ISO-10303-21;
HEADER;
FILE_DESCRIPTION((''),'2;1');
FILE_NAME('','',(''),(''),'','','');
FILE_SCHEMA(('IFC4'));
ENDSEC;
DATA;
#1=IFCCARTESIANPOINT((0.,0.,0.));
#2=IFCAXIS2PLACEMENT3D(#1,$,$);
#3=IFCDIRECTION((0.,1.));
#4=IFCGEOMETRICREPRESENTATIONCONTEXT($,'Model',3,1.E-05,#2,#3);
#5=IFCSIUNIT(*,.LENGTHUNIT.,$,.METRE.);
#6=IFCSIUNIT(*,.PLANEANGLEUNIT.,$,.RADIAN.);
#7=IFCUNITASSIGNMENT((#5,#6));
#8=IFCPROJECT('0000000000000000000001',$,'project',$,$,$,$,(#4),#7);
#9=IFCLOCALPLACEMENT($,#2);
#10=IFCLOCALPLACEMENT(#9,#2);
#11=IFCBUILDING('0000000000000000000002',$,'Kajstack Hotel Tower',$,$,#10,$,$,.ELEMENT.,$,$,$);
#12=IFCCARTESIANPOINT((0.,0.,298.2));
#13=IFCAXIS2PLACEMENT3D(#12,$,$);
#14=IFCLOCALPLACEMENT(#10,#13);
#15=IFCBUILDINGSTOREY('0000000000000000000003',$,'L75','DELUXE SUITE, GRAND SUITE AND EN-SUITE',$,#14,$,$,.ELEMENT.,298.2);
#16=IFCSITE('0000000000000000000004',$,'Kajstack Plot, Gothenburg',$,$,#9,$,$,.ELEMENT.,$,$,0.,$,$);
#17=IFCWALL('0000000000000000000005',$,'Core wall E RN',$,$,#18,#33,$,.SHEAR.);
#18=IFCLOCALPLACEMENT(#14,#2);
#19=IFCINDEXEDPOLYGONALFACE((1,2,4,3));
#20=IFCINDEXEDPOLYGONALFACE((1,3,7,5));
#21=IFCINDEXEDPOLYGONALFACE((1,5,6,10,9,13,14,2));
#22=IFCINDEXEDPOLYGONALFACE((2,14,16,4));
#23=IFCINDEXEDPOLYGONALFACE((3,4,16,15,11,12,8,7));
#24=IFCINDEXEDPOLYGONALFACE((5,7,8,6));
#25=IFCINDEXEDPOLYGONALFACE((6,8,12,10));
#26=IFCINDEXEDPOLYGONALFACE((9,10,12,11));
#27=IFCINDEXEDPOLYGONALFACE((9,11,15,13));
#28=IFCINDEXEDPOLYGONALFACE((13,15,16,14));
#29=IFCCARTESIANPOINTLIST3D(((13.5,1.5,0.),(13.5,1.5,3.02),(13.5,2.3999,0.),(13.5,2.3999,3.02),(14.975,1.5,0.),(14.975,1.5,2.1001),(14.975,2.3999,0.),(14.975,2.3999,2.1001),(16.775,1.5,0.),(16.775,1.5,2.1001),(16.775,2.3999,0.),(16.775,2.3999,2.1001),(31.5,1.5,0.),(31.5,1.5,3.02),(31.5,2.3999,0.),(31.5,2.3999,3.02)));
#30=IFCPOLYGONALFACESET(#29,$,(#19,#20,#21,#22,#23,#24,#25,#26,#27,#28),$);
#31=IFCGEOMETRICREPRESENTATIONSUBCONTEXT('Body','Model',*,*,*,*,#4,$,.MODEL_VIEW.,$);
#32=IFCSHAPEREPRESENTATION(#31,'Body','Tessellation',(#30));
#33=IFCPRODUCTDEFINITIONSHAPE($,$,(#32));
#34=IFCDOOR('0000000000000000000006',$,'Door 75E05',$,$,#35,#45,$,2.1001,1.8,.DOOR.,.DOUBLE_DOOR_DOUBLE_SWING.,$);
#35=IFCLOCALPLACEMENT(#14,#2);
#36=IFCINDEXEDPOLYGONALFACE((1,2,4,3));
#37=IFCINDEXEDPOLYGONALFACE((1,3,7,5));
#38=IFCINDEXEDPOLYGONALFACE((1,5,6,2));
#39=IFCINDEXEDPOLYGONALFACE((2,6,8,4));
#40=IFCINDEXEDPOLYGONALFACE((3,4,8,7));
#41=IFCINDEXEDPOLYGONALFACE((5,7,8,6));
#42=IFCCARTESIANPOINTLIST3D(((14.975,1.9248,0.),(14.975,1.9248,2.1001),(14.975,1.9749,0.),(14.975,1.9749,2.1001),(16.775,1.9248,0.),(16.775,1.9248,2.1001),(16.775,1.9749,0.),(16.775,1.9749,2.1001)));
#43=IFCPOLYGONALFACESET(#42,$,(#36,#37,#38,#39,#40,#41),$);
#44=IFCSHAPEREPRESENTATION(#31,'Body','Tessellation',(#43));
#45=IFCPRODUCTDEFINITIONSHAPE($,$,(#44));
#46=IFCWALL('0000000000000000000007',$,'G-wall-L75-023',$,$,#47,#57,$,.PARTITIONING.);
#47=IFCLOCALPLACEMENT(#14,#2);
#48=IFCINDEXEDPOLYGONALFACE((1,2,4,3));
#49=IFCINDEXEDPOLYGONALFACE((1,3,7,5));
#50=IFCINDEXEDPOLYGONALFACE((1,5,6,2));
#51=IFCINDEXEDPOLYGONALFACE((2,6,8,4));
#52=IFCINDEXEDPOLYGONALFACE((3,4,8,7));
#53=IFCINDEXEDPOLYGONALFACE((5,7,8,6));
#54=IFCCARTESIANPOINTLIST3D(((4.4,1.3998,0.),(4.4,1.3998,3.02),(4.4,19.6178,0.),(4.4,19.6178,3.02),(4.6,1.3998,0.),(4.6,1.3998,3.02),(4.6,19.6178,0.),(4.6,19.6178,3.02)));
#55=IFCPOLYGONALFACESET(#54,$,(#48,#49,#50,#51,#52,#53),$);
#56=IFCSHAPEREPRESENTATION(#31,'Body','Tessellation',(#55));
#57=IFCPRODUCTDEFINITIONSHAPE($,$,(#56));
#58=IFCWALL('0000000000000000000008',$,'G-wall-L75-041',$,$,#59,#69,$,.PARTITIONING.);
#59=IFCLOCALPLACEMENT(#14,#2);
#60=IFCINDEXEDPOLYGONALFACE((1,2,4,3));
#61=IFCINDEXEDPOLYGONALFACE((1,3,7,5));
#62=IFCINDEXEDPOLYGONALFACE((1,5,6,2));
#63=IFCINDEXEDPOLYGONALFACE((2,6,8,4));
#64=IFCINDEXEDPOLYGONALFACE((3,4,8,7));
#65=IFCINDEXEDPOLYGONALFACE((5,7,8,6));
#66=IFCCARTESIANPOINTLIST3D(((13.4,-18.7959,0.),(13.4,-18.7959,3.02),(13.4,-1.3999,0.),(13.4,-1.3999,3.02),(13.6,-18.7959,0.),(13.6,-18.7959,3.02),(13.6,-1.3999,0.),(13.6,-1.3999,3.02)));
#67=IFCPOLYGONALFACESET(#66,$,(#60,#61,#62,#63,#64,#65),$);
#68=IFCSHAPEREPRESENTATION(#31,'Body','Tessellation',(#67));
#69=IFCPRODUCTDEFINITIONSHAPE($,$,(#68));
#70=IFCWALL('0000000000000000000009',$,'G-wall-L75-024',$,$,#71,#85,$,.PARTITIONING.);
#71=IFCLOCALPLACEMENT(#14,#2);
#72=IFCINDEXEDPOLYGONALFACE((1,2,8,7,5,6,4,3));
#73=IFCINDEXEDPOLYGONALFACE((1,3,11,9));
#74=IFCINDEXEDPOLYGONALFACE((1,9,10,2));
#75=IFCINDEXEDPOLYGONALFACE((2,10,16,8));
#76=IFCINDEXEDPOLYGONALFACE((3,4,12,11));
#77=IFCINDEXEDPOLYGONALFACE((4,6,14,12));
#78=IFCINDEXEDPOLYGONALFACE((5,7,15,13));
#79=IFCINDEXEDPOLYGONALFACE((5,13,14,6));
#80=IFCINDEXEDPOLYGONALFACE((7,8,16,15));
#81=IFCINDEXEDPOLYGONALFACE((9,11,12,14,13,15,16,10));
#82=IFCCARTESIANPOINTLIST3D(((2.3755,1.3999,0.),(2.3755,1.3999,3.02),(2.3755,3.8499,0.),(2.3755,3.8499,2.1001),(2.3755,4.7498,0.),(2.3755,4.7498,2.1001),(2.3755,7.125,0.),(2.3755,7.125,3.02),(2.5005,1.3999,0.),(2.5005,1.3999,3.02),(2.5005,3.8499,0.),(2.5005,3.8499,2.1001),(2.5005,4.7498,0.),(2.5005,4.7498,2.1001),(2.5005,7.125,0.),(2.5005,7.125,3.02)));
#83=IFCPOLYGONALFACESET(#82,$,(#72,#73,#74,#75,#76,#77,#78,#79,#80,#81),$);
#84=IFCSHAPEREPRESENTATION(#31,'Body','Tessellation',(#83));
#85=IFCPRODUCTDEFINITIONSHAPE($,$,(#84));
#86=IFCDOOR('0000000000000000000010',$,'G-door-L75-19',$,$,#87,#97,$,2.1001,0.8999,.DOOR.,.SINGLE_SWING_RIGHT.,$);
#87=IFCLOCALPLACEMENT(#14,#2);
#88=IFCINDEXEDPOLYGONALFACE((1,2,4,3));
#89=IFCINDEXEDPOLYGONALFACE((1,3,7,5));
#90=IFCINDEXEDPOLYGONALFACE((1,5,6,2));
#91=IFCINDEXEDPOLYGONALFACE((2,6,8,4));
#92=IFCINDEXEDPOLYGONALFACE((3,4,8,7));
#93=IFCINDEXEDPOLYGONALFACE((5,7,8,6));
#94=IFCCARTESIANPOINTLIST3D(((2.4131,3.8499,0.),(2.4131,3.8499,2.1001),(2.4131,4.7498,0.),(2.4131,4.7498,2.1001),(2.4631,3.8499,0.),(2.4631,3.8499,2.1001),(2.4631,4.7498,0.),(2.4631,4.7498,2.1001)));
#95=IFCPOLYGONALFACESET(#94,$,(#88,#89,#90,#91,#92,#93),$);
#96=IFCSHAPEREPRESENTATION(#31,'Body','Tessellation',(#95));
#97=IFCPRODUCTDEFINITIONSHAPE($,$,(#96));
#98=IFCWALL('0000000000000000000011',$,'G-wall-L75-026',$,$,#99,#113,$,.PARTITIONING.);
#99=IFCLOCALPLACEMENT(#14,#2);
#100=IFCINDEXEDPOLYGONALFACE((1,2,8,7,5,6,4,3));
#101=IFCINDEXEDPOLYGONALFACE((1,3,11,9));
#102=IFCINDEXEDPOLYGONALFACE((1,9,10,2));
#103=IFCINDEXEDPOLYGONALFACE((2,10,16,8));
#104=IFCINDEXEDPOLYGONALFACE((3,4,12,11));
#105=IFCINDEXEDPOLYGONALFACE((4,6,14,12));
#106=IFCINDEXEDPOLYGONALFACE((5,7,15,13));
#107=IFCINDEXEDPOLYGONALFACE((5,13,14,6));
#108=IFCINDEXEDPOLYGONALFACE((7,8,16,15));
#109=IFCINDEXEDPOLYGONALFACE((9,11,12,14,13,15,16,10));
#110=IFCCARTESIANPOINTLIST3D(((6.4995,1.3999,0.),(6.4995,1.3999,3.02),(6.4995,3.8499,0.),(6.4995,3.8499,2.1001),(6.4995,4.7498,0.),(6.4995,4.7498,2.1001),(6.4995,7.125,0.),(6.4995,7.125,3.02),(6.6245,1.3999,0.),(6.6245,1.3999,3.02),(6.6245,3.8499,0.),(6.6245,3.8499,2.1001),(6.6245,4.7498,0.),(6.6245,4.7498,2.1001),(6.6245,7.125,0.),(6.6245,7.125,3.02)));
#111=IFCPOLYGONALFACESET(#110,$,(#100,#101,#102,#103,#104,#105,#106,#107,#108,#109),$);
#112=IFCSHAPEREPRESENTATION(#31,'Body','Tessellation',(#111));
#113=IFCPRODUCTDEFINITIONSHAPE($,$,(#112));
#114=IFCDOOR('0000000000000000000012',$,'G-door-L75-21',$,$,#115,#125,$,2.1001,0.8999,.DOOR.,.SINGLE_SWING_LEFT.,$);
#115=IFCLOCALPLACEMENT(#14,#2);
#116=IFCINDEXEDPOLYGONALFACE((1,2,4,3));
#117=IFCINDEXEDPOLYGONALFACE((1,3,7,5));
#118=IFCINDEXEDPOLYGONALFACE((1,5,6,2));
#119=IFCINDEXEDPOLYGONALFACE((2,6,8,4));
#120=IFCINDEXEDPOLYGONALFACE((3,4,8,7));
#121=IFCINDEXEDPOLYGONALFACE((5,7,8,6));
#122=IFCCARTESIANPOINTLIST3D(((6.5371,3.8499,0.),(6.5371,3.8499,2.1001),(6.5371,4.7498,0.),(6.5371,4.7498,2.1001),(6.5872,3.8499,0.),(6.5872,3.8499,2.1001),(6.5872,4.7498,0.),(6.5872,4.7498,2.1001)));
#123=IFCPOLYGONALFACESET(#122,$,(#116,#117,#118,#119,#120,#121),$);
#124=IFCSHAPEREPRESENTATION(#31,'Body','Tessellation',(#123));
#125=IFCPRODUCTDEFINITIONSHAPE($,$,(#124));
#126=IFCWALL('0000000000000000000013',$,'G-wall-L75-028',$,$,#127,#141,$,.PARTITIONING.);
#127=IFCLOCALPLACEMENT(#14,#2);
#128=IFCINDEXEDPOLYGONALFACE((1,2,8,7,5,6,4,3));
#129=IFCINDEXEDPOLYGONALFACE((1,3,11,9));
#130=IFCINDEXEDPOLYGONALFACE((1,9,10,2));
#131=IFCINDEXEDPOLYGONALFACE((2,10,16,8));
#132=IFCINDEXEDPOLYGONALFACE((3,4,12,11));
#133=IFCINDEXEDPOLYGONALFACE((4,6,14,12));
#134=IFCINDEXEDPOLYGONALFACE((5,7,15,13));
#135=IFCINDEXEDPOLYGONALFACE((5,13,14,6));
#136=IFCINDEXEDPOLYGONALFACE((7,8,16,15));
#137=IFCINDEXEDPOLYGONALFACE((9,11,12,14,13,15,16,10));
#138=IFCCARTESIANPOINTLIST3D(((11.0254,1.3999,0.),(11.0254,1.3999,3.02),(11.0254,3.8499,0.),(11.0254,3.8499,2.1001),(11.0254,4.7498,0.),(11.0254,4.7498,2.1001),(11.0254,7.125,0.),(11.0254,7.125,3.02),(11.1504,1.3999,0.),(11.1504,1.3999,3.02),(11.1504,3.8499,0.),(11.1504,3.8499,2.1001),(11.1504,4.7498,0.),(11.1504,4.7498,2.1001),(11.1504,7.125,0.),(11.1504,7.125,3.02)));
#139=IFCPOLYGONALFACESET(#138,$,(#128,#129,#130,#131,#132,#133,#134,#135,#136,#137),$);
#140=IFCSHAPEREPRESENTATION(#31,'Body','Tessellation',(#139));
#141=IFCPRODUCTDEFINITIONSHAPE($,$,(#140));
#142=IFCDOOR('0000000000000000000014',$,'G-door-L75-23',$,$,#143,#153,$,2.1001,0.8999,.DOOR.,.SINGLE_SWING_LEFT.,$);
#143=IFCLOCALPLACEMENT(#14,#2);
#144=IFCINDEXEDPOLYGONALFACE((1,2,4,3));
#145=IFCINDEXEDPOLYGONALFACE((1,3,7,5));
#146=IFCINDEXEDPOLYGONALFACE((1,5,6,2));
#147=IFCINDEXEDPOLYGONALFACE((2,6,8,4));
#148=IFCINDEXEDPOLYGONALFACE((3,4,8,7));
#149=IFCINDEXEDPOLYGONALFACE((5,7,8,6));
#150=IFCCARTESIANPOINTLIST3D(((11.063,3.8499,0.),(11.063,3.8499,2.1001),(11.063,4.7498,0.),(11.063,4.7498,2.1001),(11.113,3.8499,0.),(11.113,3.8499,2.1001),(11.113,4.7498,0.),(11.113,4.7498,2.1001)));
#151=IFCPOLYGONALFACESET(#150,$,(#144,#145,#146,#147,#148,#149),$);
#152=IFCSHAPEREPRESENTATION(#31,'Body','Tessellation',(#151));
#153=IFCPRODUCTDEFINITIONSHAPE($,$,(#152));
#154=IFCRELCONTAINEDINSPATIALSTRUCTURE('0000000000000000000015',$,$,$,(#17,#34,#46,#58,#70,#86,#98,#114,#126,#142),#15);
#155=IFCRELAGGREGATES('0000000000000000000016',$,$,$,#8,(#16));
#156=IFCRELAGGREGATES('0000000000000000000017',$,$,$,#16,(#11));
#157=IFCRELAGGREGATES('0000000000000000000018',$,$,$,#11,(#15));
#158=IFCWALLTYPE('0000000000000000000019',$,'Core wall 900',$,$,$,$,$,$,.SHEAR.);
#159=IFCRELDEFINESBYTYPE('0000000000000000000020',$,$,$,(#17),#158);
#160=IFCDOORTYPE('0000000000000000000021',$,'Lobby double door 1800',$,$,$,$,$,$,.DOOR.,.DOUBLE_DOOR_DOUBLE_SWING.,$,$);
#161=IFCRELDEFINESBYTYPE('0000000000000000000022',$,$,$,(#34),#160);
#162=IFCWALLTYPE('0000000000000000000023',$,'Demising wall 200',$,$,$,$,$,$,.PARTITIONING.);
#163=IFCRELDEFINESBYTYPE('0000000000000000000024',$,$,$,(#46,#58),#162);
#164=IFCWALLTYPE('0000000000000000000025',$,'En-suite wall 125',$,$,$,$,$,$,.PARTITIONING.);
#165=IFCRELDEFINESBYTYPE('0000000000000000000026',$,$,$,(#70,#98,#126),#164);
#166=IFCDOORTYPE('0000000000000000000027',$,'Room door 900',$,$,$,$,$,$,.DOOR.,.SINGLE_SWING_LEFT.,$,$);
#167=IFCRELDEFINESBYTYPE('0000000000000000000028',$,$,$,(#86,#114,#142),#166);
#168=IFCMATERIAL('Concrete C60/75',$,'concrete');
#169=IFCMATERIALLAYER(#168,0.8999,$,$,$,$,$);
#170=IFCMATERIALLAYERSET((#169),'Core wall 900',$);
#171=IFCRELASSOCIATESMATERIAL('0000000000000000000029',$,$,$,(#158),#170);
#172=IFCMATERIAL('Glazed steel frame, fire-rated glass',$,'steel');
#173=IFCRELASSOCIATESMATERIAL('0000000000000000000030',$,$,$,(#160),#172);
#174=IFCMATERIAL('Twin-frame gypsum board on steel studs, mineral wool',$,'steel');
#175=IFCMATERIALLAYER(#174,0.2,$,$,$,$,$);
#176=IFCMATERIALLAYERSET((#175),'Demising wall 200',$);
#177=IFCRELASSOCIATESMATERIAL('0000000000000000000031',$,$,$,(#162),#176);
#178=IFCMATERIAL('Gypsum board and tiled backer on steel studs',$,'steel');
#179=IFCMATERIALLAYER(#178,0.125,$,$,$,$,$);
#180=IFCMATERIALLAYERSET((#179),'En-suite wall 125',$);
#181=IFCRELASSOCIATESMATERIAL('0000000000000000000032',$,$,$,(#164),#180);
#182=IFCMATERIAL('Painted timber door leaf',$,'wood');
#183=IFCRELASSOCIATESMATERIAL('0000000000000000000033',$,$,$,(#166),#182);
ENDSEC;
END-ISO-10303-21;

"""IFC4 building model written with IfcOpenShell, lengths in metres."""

from ifc_helpers import new_model, si_unit, direction, frame, frame_2d, origin, place, context, subcontext, project, spatial, rectangle, extrude, material, layer, layer_set, type_object, element, fill, save


model = new_model("IFC4")

# Units and contexts
model_context = context("Model", 3, precision=1e-05, world=origin(), true_north=direction((0.0, 1.0)))
body_context = subcontext(model_context, "Body", "Model", "MODEL_VIEW")
ifc_project = project(units=[si_unit("LENGTHUNIT", "METRE"), si_unit("PLANEANGLEUNIT", "RADIAN")], contexts=[model_context])

# Site, building, storey
site_placement = place(None, origin())
site = spatial("IfcSite", under=ifc_project, at=site_placement, Name="Kajstack Plot, Gothenburg", CompositionType="ELEMENT", RefElevation=0.0)
building_placement = place(site_placement, origin())
building = spatial("IfcBuilding", under=site, at=building_placement, Name="Kajstack Hotel Tower", CompositionType="ELEMENT")
storey_placement = place(building_placement, frame((0.0, 0.0, 298.2)))
storey = spatial("IfcBuildingStorey", under=building, at=storey_placement, Name="L75", Description="DELUXE SUITE, GRAND SUITE AND EN-SUITE", CompositionType="ELEMENT", Elevation=298.2)

# Wall, opening, door
ifc_material_1 = material(Name="Concrete C60/75", Category="concrete")
ifc_layer_1 = layer(ifc_material_1, 0.8999)
ifc_layer_set_1 = layer_set([ifc_layer_1], Name="Core wall 900")
wall_type_1 = type_object("IfcWallType", Name="Core wall 900", PredefinedType="SHEAR", material=ifc_layer_set_1)
wall_1_placement = place(storey_placement, frame((13.5, 1.95, 0.0), z_axis=(0.0, 0.0, 1.0), x_axis=(1.0, 0.0, 0.0)))
wall_1 = element("IfcWall", 1, at=wall_1_placement, inside=storey, type_object=wall_type_1, Name="Core wall E RN", PredefinedType="SHEAR", context=body_context, shape_type="SweptSolid", body=[
    extrude(rectangle(XDim=18.0, YDim=0.8999, at=frame_2d((9.0, 0.0))), origin(), (0.0, 0.0, 1.0), 3.02),
])
opening_1_placement = place(wall_1_placement, frame((1.4751, 0.0, 0.0)))
opening_1 = element("IfcOpeningElement", 2, at=opening_1_placement, cuts=wall_1, PredefinedType="OPENING", context=body_context, shape_type="SweptSolid", body=[
    extrude(rectangle(XDim=1.8, YDim=2.1001, at=frame_2d((0.8999, 1.05))), frame((0.0, 0.46, 0.0), z_axis=(0.0, -1.0, 0.0), x_axis=(1.0, 0.0, 0.0)), (0.0, 0.0, 1.0), 0.9199),
])
ifc_material_2 = material(Name="Glazed steel frame, fire-rated glass", Category="steel")
door_type_1 = type_object("IfcDoorType", Name="Lobby double door 1800", OperationType="DOUBLE_DOOR_DOUBLE_SWING", PredefinedType="DOOR", material=ifc_material_2)
door_1_placement = place(opening_1_placement, origin())
door_1 = element("IfcDoor", 3, at=door_1_placement, inside=storey, type_object=door_type_1, Name="Door 75E05", OperationType="DOUBLE_DOOR_DOUBLE_SWING", OverallHeight=2.1001, OverallWidth=1.8, PredefinedType="DOOR", context=body_context, shape_type="SweptSolid", body=[
    extrude(rectangle(XDim=1.8, YDim=2.1001, at=frame_2d((0.8999, 1.05))), frame((0.0, 0.0249, 0.0), z_axis=(0.0, -1.0, 0.0), x_axis=(1.0, 0.0, 0.0)), (0.0, 0.0, 1.0), 0.05),
])
fill(opening_1, door_1)

# Walls
ifc_material_3 = material(Name="Twin-frame gypsum board on steel studs, mineral wool", Category="steel")
ifc_layer_2 = layer(ifc_material_3, 0.2)
ifc_layer_set_2 = layer_set([ifc_layer_2], Name="Demising wall 200")
wall_type_2 = type_object("IfcWallType", Name="Demising wall 200", PredefinedType="PARTITIONING", material=ifc_layer_set_2)
wall_2_placement = place(storey_placement, frame((4.5, 1.3999, 0.0), z_axis=(0.0, 0.0, 1.0), x_axis=(0.0, 1.0, 0.0)))
element("IfcWall", 4, at=wall_2_placement, inside=storey, type_object=wall_type_2, Name="G-wall-L75-023", PredefinedType="PARTITIONING", context=body_context, shape_type="SweptSolid", body=[
    extrude(rectangle(XDim=18.218, YDim=0.2, at=frame_2d((9.1089, 0.0))), origin(), (0.0, 0.0, 1.0), 3.02),
])
wall_3_placement = place(storey_placement, frame((13.5, -18.7959, 0.0), z_axis=(0.0, 0.0, 1.0), x_axis=(0.0, 1.0, 0.0)))
element("IfcWall", 5, at=wall_3_placement, inside=storey, type_object=wall_type_2, Name="G-wall-L75-041", PredefinedType="PARTITIONING", context=body_context, shape_type="SweptSolid", body=[
    extrude(rectangle(XDim=17.396, YDim=0.2, at=frame_2d((8.698, 0.0))), origin(), (0.0, 0.0, 1.0), 3.02),
])

# Walls, openings, doors
ifc_material_4 = material(Name="Gypsum board and tiled backer on steel studs", Category="steel")
ifc_layer_3 = layer(ifc_material_4, 0.125)
ifc_layer_set_3 = layer_set([ifc_layer_3], Name="En-suite wall 125")
wall_type_3 = type_object("IfcWallType", Name="En-suite wall 125", PredefinedType="PARTITIONING", material=ifc_layer_set_3)
wall_4_placement = place(storey_placement, frame((2.438, 1.3999, 0.0), z_axis=(0.0, 0.0, 1.0), x_axis=(0.0, 1.0, 0.0)))
wall_4 = element("IfcWall", 6, at=wall_4_placement, inside=storey, type_object=wall_type_3, Name="G-wall-L75-024", PredefinedType="PARTITIONING", context=body_context, shape_type="SweptSolid", body=[
    extrude(rectangle(XDim=5.7251, YDim=0.125, at=frame_2d((2.8625, 0.0))), origin(), (0.0, 0.0, 1.0), 3.02),
])
opening_2_placement = place(wall_4_placement, frame((2.45, 0.0, 0.0)))
opening_2 = element("IfcOpeningElement", 7, at=opening_2_placement, cuts=wall_4, PredefinedType="OPENING", context=body_context, shape_type="SweptSolid", body=[
    extrude(rectangle(XDim=0.8999, YDim=2.1001, at=frame_2d((0.45, 1.05))), frame((0.0, 0.0725, 0.0), z_axis=(0.0, -1.0, 0.0), x_axis=(1.0, 0.0, 0.0)), (0.0, 0.0, 1.0), 0.145),
])
ifc_material_5 = material(Name="Painted timber door leaf", Category="wood")
door_type_2 = type_object("IfcDoorType", Name="Room door 900", OperationType="SINGLE_SWING_LEFT", PredefinedType="DOOR", material=ifc_material_5)
door_2_placement = place(opening_2_placement, origin())
door_2 = element("IfcDoor", 8, at=door_2_placement, inside=storey, type_object=door_type_2, Name="G-door-L75-19", OperationType="SINGLE_SWING_RIGHT", OverallHeight=2.1001, OverallWidth=0.8999, PredefinedType="DOOR", context=body_context, shape_type="SweptSolid", body=[
    extrude(rectangle(XDim=0.8999, YDim=2.1001, at=frame_2d((0.45, 1.05))), frame((0.0, 0.0249, 0.0), z_axis=(0.0, -1.0, 0.0), x_axis=(1.0, 0.0, 0.0)), (0.0, 0.0, 1.0), 0.05),
])
fill(opening_2, door_2)
wall_5_placement = place(storey_placement, frame((6.562, 1.3999, 0.0), z_axis=(0.0, 0.0, 1.0), x_axis=(0.0, 1.0, 0.0)))
wall_5 = element("IfcWall", 9, at=wall_5_placement, inside=storey, type_object=wall_type_3, Name="G-wall-L75-026", PredefinedType="PARTITIONING", context=body_context, shape_type="SweptSolid", body=[
    extrude(rectangle(XDim=5.7251, YDim=0.125, at=frame_2d((2.8625, 0.0))), origin(), (0.0, 0.0, 1.0), 3.02),
])
opening_3_placement = place(wall_5_placement, frame((2.45, 0.0, 0.0)))
opening_3 = element("IfcOpeningElement", 10, at=opening_3_placement, cuts=wall_5, PredefinedType="OPENING", context=body_context, shape_type="SweptSolid", body=[
    extrude(rectangle(XDim=0.8999, YDim=2.1001, at=frame_2d((0.45, 1.05))), frame((0.0, 0.0725, 0.0), z_axis=(0.0, -1.0, 0.0), x_axis=(1.0, 0.0, 0.0)), (0.0, 0.0, 1.0), 0.145),
])
door_3_placement = place(opening_3_placement, origin())
door_3 = element("IfcDoor", 11, at=door_3_placement, inside=storey, type_object=door_type_2, Name="G-door-L75-21", OperationType="SINGLE_SWING_LEFT", OverallHeight=2.1001, OverallWidth=0.8999, PredefinedType="DOOR", context=body_context, shape_type="SweptSolid", body=[
    extrude(rectangle(XDim=0.8999, YDim=2.1001, at=frame_2d((0.45, 1.05))), frame((0.0, 0.0249, 0.0), z_axis=(0.0, -1.0, 0.0), x_axis=(1.0, 0.0, 0.0)), (0.0, 0.0, 1.0), 0.05),
])
fill(opening_3, door_3)
wall_6_placement = place(storey_placement, frame((11.0879, 1.3999, 0.0), z_axis=(0.0, 0.0, 1.0), x_axis=(0.0, 1.0, 0.0)))
wall_6 = element("IfcWall", 12, at=wall_6_placement, inside=storey, type_object=wall_type_3, Name="G-wall-L75-028", PredefinedType="PARTITIONING", context=body_context, shape_type="SweptSolid", body=[
    extrude(rectangle(XDim=5.7251, YDim=0.125, at=frame_2d((2.8625, 0.0))), origin(), (0.0, 0.0, 1.0), 3.02),
])
opening_4_placement = place(wall_6_placement, frame((2.45, 0.0, 0.0)))
opening_4 = element("IfcOpeningElement", 13, at=opening_4_placement, cuts=wall_6, PredefinedType="OPENING", context=body_context, shape_type="SweptSolid", body=[
    extrude(rectangle(XDim=0.8999, YDim=2.1001, at=frame_2d((0.45, 1.05))), frame((0.0, 0.0725, 0.0), z_axis=(0.0, -1.0, 0.0), x_axis=(1.0, 0.0, 0.0)), (0.0, 0.0, 1.0), 0.145),
])
door_4_placement = place(opening_4_placement, origin())
door_4 = element("IfcDoor", 14, at=door_4_placement, inside=storey, type_object=door_type_2, Name="G-door-L75-23", OperationType="SINGLE_SWING_LEFT", OverallHeight=2.1001, OverallWidth=0.8999, PredefinedType="DOOR", context=body_context, shape_type="SweptSolid", body=[
    extrude(rectangle(XDim=0.8999, YDim=2.1001, at=frame_2d((0.45, 1.05))), frame((0.0, 0.0249, 0.0), z_axis=(0.0, -1.0, 0.0), x_axis=(1.0, 0.0, 0.0)), (0.0, 0.0, 1.0), 0.05),
])
fill(opening_4, door_4)

save(model, "model.ifc")
